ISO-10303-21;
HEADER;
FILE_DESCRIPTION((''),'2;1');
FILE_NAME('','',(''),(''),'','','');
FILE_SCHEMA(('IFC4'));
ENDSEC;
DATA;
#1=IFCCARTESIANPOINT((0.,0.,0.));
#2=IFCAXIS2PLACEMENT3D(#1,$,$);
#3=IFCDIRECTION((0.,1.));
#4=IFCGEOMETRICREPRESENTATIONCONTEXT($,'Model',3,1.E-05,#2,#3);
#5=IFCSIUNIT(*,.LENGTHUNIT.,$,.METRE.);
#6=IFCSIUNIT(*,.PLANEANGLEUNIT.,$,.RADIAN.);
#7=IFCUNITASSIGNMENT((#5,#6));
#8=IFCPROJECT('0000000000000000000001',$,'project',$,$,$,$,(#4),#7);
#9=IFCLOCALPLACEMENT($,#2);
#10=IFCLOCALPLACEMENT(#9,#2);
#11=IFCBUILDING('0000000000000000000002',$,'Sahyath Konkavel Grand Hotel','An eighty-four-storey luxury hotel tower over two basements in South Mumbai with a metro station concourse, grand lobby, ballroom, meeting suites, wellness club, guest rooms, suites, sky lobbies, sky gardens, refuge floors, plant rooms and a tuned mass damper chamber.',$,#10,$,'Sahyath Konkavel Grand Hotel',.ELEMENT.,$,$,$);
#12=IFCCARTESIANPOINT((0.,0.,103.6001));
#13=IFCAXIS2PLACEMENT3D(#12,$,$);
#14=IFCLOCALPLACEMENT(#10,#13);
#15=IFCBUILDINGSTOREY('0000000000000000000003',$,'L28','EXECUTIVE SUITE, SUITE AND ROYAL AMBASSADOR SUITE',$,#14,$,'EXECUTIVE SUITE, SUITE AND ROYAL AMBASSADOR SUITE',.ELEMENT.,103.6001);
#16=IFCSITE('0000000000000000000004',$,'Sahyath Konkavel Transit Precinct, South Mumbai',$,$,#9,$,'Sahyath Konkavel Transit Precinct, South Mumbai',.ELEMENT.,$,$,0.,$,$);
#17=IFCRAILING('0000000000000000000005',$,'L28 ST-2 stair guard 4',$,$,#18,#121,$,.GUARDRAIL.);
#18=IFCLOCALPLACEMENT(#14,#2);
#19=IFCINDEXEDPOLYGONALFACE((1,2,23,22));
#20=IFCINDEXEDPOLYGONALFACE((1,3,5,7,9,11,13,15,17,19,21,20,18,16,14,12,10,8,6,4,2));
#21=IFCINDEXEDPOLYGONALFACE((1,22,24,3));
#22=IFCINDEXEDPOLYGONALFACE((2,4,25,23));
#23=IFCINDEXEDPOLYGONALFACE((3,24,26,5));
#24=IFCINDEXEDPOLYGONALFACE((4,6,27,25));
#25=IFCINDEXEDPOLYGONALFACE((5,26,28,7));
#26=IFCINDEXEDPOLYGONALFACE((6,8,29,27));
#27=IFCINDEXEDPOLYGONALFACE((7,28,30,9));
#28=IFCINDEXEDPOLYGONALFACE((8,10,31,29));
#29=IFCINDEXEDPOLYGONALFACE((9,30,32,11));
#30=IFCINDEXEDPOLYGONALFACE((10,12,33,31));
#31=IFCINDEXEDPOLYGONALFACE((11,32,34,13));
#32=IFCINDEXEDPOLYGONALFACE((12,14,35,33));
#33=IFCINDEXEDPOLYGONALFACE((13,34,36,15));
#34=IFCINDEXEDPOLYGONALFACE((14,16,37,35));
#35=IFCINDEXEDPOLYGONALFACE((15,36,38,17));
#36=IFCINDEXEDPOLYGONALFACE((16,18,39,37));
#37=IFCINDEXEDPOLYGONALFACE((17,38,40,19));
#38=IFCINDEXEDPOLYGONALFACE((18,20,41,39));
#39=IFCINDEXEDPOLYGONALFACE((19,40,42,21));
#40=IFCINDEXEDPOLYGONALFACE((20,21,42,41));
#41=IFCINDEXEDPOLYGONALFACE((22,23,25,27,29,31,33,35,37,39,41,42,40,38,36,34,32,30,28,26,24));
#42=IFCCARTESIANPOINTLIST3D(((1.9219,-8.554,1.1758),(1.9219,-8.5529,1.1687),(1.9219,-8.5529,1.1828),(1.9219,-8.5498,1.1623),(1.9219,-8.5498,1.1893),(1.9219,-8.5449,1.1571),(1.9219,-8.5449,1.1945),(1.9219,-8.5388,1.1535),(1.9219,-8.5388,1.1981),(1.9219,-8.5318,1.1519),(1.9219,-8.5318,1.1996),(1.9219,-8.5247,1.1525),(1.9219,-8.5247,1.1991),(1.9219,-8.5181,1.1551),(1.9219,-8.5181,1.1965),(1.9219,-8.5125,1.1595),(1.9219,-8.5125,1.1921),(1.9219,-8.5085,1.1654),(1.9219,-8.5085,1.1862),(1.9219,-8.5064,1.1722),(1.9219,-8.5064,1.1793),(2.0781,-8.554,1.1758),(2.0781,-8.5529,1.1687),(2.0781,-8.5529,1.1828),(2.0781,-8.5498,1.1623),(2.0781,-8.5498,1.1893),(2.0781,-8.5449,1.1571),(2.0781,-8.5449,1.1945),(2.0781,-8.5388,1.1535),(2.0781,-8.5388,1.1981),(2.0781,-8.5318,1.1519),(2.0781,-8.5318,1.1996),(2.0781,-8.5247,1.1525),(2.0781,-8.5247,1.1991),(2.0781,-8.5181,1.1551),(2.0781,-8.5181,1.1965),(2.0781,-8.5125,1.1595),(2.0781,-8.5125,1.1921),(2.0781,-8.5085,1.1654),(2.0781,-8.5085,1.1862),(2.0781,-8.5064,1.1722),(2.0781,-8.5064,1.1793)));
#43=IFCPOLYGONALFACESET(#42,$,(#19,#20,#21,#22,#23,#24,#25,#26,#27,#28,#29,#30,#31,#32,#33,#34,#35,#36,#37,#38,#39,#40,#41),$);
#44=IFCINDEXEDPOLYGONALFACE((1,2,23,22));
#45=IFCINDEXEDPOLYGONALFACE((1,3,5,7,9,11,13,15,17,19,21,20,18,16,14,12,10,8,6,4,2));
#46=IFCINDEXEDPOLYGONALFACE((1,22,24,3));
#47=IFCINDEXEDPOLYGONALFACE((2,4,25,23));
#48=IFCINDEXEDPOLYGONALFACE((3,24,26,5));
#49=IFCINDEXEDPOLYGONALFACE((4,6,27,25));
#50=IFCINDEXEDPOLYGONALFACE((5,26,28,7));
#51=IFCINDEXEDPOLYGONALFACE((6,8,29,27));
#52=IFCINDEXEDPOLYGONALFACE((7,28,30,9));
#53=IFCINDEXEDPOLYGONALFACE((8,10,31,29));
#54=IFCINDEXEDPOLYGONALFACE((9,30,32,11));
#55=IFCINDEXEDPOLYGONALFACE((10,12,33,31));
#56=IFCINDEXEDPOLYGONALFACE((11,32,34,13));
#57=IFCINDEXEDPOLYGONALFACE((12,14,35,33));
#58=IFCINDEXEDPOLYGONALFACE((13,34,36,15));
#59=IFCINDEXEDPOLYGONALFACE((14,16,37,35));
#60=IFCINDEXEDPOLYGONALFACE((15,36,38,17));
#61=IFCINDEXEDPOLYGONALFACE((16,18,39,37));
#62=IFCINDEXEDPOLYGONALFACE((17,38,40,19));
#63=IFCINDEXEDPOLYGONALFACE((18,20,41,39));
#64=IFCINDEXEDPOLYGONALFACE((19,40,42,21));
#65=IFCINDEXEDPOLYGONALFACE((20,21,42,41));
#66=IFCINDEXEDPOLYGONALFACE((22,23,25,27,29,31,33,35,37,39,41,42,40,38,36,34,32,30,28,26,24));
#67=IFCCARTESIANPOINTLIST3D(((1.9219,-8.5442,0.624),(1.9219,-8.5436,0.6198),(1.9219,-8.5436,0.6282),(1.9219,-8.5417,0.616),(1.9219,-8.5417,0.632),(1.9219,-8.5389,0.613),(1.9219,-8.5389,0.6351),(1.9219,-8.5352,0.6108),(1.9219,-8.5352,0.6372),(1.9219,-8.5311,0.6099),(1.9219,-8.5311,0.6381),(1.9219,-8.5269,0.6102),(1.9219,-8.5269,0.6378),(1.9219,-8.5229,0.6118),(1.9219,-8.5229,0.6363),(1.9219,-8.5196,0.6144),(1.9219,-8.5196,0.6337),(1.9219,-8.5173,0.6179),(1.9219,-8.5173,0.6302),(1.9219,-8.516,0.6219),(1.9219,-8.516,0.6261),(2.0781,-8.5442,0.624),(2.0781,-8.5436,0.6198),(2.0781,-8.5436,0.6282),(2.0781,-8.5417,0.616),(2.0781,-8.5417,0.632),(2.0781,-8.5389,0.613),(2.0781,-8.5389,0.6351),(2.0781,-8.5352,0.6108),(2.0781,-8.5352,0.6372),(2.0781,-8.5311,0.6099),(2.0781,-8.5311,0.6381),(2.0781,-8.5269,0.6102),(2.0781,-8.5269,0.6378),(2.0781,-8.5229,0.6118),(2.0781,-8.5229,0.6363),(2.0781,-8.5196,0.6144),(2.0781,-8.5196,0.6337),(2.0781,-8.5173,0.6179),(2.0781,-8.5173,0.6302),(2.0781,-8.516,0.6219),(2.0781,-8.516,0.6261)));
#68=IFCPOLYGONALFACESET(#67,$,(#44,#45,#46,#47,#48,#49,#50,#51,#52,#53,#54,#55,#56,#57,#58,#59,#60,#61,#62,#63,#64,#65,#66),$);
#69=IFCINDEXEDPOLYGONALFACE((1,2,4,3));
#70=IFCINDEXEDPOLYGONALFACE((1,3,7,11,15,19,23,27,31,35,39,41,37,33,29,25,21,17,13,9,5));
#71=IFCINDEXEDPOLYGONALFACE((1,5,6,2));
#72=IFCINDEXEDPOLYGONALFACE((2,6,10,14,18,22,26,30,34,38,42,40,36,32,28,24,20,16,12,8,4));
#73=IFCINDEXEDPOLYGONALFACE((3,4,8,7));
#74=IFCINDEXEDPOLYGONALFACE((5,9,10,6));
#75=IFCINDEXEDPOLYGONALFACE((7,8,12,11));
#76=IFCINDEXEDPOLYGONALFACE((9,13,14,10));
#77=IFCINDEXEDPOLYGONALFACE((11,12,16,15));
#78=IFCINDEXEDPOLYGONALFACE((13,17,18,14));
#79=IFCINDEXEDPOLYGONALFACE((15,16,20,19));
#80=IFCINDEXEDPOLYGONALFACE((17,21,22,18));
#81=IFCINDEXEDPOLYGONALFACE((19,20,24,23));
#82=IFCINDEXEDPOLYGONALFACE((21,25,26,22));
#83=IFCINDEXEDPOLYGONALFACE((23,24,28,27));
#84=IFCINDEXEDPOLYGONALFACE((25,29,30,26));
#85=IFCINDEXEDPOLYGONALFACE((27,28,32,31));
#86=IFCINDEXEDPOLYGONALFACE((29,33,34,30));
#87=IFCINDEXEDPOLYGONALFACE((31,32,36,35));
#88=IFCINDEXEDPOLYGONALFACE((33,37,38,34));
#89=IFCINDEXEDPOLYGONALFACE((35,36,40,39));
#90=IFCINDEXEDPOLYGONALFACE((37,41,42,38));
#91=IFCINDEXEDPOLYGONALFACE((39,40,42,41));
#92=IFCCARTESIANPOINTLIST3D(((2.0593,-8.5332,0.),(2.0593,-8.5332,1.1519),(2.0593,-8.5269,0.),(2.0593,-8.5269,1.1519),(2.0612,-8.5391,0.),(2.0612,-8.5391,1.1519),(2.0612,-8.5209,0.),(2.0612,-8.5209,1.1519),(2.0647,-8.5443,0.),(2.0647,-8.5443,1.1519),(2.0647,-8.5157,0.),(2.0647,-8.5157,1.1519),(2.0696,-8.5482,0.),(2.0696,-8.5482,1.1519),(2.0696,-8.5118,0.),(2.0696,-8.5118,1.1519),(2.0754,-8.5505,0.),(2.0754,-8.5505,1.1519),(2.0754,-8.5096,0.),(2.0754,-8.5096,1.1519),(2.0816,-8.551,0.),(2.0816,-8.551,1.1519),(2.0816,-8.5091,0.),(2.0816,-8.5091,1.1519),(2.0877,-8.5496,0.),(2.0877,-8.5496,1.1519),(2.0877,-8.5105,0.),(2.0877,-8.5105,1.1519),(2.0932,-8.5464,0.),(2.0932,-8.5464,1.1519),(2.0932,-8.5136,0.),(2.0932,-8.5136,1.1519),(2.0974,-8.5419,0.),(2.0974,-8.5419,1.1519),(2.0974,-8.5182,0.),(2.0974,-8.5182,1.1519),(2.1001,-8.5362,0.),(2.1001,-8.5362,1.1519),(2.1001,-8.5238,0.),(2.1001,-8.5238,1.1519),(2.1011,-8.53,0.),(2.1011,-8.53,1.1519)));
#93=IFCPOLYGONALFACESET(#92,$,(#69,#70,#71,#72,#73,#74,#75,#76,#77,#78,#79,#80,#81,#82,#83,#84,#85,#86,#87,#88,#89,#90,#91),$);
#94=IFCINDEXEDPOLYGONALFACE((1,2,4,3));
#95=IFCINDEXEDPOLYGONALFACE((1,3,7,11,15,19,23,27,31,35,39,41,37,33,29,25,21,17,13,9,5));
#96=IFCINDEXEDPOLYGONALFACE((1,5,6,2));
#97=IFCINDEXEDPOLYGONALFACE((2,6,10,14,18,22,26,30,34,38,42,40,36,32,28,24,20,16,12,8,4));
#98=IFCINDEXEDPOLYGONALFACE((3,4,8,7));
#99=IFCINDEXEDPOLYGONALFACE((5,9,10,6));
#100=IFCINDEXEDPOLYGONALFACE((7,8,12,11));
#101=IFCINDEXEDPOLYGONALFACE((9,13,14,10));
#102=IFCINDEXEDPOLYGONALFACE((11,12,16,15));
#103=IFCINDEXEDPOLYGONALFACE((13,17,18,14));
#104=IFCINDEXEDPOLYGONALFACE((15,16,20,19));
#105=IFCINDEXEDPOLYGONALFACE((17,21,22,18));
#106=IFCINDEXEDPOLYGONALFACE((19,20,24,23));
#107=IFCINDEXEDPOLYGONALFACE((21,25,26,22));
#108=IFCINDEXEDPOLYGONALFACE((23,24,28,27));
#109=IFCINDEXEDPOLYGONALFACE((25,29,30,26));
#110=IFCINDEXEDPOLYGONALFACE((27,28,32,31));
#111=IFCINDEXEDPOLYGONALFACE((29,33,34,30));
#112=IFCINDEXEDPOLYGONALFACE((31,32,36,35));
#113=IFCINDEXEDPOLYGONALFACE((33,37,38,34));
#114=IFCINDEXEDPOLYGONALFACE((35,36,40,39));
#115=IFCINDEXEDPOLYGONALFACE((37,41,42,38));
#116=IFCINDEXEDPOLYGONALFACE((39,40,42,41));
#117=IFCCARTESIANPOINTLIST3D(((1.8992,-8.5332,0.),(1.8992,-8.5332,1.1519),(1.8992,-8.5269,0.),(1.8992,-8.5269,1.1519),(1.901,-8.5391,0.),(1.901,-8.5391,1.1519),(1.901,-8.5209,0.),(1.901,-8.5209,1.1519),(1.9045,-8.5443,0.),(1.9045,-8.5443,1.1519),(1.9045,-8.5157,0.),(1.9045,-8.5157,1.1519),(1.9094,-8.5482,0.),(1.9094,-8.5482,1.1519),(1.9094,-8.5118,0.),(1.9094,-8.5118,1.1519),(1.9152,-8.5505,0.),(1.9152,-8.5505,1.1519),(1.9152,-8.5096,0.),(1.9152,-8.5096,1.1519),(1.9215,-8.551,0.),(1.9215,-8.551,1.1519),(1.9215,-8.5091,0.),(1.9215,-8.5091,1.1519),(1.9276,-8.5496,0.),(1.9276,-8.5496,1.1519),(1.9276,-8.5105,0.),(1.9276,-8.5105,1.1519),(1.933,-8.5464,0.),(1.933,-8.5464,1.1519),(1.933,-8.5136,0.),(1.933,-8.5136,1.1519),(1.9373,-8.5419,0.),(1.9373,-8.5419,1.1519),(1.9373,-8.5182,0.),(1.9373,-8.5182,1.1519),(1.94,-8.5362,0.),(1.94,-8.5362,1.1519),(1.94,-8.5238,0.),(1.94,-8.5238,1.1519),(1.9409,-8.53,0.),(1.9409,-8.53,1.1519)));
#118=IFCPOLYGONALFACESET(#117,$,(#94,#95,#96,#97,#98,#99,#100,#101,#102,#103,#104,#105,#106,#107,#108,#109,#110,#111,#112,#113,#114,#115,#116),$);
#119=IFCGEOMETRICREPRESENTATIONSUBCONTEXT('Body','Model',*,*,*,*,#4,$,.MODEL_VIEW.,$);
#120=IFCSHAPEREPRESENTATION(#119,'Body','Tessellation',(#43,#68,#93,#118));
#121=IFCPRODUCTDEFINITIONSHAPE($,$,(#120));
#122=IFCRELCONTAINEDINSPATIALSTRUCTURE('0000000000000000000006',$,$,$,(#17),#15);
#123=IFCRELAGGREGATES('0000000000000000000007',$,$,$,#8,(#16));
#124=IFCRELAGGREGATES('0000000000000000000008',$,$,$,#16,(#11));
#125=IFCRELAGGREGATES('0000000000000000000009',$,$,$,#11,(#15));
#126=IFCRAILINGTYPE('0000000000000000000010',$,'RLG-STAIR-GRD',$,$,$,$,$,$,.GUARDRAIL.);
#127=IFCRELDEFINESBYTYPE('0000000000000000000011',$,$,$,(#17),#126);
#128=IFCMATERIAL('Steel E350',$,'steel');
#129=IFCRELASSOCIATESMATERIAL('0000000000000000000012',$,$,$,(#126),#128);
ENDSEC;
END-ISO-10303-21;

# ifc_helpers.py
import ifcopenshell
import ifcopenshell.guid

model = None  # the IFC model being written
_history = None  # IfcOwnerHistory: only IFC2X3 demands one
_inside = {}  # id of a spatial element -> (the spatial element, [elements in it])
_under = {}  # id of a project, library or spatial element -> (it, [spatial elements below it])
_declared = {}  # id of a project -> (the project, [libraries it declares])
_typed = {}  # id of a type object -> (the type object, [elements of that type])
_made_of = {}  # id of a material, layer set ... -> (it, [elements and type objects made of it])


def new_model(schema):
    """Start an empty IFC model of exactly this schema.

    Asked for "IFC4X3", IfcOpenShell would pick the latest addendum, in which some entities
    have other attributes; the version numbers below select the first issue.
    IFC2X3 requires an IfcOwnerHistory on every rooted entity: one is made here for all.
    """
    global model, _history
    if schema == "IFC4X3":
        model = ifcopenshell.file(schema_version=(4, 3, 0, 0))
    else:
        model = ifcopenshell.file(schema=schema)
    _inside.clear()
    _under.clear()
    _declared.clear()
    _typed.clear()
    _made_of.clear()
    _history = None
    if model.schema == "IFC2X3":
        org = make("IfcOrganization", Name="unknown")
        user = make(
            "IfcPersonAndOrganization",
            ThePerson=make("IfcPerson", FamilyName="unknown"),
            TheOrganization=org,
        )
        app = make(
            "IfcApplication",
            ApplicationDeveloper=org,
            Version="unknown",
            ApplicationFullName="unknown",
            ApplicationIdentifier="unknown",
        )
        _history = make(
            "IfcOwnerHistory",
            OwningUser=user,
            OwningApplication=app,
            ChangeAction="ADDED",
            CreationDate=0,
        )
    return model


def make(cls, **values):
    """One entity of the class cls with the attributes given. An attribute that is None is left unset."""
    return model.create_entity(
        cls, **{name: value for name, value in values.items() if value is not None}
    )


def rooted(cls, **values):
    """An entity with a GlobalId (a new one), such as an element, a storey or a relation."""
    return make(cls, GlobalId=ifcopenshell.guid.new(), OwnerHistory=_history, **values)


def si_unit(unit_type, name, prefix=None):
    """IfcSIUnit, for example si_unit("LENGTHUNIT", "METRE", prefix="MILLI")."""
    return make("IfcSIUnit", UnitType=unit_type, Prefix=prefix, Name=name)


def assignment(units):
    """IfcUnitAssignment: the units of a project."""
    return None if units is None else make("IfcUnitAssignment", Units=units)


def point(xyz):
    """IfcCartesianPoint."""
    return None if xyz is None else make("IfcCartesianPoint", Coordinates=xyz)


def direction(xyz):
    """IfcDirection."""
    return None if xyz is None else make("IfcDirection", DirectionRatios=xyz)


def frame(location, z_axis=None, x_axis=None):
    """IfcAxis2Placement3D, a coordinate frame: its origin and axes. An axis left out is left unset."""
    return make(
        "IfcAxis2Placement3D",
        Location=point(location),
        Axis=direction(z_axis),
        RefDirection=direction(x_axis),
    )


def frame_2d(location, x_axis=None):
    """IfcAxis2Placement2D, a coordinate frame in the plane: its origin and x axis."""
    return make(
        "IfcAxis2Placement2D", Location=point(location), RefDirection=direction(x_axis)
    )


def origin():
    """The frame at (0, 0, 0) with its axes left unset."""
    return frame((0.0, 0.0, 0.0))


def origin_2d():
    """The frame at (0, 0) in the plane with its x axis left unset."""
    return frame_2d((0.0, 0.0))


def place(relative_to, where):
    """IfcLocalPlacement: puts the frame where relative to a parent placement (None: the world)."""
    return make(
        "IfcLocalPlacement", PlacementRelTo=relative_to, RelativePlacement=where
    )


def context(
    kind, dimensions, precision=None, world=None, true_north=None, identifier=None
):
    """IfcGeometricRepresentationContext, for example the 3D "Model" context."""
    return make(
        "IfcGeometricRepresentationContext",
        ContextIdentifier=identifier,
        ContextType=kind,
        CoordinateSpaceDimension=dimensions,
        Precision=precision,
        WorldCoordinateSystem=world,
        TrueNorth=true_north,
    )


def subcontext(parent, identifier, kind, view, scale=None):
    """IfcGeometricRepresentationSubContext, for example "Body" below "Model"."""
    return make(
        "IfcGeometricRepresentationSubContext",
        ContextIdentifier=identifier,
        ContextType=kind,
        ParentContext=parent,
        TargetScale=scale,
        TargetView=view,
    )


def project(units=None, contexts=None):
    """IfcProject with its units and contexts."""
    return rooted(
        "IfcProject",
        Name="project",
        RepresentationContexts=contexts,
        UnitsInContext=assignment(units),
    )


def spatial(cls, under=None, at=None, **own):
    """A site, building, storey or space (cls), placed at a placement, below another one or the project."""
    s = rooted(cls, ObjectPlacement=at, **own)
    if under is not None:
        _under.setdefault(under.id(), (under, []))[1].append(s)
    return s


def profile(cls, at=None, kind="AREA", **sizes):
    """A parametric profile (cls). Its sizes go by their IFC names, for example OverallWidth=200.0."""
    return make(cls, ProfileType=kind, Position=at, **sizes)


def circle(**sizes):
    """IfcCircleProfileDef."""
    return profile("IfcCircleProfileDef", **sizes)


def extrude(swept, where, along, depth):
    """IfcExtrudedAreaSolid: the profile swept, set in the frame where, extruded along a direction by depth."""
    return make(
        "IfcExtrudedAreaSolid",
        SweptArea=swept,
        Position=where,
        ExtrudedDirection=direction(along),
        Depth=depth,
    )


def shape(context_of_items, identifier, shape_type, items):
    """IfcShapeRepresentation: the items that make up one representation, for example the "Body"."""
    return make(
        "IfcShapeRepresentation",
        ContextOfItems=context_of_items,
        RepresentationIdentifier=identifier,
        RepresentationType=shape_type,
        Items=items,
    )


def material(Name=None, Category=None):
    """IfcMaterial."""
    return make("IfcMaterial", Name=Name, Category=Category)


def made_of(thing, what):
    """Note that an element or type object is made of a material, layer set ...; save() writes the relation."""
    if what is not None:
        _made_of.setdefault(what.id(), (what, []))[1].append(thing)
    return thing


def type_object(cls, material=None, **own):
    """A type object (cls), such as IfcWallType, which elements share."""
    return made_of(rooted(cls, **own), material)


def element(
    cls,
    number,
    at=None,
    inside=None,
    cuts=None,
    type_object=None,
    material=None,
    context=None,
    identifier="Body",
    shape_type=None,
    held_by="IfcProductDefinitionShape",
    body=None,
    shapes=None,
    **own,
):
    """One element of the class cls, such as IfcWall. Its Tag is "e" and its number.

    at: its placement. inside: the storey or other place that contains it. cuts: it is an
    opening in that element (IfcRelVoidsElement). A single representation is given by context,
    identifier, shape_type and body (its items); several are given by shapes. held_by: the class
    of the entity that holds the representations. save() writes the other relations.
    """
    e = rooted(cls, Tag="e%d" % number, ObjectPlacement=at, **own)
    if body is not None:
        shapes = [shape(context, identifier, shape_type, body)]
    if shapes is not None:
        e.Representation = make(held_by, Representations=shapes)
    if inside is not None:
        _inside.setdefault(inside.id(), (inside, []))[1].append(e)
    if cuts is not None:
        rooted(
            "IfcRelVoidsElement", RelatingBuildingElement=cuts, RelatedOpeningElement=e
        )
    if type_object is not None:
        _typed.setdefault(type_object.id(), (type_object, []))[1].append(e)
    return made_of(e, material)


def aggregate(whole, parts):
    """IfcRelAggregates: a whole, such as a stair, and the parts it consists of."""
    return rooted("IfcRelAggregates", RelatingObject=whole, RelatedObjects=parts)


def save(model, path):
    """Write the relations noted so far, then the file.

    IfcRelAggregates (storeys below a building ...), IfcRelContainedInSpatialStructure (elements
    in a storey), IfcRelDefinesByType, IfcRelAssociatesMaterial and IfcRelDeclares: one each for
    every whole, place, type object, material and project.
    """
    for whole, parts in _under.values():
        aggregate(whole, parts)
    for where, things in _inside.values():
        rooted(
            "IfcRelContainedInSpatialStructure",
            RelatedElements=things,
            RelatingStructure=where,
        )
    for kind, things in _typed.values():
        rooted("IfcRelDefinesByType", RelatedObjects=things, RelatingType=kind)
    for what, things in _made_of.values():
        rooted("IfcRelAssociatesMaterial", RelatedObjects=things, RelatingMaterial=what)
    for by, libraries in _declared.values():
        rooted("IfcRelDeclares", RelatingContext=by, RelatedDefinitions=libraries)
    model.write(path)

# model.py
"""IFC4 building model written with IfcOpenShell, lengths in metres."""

from ifc_helpers import new_model, si_unit, direction, frame, origin, origin_2d, place, context, subcontext, project, spatial, circle, extrude, material, type_object, element, save


model = new_model("IFC4")

# Units and contexts
model_context = context("Model", 3, precision=1e-05, world=origin(), true_north=direction((0.0, 1.0)))
body_context = subcontext(model_context, "Body", "Model", "MODEL_VIEW")
ifc_project = project(units=[si_unit("LENGTHUNIT", "METRE"), si_unit("PLANEANGLEUNIT", "RADIAN")], contexts=[model_context])

# Site, building, storey
site_placement = place(None, origin())
site = spatial("IfcSite", under=ifc_project, at=site_placement, Name="Sahyath Konkavel Transit Precinct, South Mumbai", LongName="Sahyath Konkavel Transit Precinct, South Mumbai", CompositionType="ELEMENT", RefElevation=0.0)
building_placement = place(site_placement, origin())
building = spatial("IfcBuilding", under=site, at=building_placement, Name="Sahyath Konkavel Grand Hotel", Description="An eighty-four-storey luxury hotel tower over two basements in South Mumbai with a metro station concourse, grand lobby, ballroom, meeting suites, wellness club, guest rooms, suites, sky lobbies, sky gardens, refuge floors, plant rooms and a tuned mass damper chamber.", LongName="Sahyath Konkavel Grand Hotel", CompositionType="ELEMENT")
storey_placement = place(building_placement, frame((0.0, 0.0, 103.6001)))
storey = spatial("IfcBuildingStorey", under=building, at=storey_placement, Name="L28", Description="EXECUTIVE SUITE, SUITE AND ROYAL AMBASSADOR SUITE", LongName="EXECUTIVE SUITE, SUITE AND ROYAL AMBASSADOR SUITE", CompositionType="ELEMENT", Elevation=103.6001)

# Shared definitions
ifc_material_1 = material(Name="Steel E350", Category="steel")

# Railing
railing_type_1 = type_object("IfcRailingType", Name="RLG-STAIR-GRD", PredefinedType="GUARDRAIL", material=ifc_material_1)
railing_1_placement = place(storey_placement, frame((2.0801, -8.53, 0.0)))
element("IfcRailing", 1, at=railing_1_placement, inside=storey, type_object=railing_type_1, Name="L28 ST-2 stair guard 4", PredefinedType="GUARDRAIL", context=body_context, shape_type="SweptSolid", body=[
    extrude(circle(Radius=0.0239, at=origin_2d()), frame((-0.002, 0.0, 1.1758), z_axis=(-1.0, 0.0, 0.0), x_axis=(0.0, -1.0, 0.0)), (0.0, 0.0, 1.0), 0.1562),
    extrude(circle(Radius=0.0142, at=origin_2d()), frame((-0.002, 0.0, 0.624), z_axis=(-1.0, 0.0, 0.0), x_axis=(0.0, -1.0, 0.0)), (0.0, 0.0, 1.0), 0.1562),
    extrude(circle(Radius=0.021, at=origin_2d()), origin(), (0.0, 0.0, 1.0), 1.1519),
    extrude(circle(Radius=0.021, at=origin_2d()), frame((-0.1602, 0.0, 0.0)), (0.0, 0.0, 1.0), 1.1519),
])

save(model, "model.ifc")
